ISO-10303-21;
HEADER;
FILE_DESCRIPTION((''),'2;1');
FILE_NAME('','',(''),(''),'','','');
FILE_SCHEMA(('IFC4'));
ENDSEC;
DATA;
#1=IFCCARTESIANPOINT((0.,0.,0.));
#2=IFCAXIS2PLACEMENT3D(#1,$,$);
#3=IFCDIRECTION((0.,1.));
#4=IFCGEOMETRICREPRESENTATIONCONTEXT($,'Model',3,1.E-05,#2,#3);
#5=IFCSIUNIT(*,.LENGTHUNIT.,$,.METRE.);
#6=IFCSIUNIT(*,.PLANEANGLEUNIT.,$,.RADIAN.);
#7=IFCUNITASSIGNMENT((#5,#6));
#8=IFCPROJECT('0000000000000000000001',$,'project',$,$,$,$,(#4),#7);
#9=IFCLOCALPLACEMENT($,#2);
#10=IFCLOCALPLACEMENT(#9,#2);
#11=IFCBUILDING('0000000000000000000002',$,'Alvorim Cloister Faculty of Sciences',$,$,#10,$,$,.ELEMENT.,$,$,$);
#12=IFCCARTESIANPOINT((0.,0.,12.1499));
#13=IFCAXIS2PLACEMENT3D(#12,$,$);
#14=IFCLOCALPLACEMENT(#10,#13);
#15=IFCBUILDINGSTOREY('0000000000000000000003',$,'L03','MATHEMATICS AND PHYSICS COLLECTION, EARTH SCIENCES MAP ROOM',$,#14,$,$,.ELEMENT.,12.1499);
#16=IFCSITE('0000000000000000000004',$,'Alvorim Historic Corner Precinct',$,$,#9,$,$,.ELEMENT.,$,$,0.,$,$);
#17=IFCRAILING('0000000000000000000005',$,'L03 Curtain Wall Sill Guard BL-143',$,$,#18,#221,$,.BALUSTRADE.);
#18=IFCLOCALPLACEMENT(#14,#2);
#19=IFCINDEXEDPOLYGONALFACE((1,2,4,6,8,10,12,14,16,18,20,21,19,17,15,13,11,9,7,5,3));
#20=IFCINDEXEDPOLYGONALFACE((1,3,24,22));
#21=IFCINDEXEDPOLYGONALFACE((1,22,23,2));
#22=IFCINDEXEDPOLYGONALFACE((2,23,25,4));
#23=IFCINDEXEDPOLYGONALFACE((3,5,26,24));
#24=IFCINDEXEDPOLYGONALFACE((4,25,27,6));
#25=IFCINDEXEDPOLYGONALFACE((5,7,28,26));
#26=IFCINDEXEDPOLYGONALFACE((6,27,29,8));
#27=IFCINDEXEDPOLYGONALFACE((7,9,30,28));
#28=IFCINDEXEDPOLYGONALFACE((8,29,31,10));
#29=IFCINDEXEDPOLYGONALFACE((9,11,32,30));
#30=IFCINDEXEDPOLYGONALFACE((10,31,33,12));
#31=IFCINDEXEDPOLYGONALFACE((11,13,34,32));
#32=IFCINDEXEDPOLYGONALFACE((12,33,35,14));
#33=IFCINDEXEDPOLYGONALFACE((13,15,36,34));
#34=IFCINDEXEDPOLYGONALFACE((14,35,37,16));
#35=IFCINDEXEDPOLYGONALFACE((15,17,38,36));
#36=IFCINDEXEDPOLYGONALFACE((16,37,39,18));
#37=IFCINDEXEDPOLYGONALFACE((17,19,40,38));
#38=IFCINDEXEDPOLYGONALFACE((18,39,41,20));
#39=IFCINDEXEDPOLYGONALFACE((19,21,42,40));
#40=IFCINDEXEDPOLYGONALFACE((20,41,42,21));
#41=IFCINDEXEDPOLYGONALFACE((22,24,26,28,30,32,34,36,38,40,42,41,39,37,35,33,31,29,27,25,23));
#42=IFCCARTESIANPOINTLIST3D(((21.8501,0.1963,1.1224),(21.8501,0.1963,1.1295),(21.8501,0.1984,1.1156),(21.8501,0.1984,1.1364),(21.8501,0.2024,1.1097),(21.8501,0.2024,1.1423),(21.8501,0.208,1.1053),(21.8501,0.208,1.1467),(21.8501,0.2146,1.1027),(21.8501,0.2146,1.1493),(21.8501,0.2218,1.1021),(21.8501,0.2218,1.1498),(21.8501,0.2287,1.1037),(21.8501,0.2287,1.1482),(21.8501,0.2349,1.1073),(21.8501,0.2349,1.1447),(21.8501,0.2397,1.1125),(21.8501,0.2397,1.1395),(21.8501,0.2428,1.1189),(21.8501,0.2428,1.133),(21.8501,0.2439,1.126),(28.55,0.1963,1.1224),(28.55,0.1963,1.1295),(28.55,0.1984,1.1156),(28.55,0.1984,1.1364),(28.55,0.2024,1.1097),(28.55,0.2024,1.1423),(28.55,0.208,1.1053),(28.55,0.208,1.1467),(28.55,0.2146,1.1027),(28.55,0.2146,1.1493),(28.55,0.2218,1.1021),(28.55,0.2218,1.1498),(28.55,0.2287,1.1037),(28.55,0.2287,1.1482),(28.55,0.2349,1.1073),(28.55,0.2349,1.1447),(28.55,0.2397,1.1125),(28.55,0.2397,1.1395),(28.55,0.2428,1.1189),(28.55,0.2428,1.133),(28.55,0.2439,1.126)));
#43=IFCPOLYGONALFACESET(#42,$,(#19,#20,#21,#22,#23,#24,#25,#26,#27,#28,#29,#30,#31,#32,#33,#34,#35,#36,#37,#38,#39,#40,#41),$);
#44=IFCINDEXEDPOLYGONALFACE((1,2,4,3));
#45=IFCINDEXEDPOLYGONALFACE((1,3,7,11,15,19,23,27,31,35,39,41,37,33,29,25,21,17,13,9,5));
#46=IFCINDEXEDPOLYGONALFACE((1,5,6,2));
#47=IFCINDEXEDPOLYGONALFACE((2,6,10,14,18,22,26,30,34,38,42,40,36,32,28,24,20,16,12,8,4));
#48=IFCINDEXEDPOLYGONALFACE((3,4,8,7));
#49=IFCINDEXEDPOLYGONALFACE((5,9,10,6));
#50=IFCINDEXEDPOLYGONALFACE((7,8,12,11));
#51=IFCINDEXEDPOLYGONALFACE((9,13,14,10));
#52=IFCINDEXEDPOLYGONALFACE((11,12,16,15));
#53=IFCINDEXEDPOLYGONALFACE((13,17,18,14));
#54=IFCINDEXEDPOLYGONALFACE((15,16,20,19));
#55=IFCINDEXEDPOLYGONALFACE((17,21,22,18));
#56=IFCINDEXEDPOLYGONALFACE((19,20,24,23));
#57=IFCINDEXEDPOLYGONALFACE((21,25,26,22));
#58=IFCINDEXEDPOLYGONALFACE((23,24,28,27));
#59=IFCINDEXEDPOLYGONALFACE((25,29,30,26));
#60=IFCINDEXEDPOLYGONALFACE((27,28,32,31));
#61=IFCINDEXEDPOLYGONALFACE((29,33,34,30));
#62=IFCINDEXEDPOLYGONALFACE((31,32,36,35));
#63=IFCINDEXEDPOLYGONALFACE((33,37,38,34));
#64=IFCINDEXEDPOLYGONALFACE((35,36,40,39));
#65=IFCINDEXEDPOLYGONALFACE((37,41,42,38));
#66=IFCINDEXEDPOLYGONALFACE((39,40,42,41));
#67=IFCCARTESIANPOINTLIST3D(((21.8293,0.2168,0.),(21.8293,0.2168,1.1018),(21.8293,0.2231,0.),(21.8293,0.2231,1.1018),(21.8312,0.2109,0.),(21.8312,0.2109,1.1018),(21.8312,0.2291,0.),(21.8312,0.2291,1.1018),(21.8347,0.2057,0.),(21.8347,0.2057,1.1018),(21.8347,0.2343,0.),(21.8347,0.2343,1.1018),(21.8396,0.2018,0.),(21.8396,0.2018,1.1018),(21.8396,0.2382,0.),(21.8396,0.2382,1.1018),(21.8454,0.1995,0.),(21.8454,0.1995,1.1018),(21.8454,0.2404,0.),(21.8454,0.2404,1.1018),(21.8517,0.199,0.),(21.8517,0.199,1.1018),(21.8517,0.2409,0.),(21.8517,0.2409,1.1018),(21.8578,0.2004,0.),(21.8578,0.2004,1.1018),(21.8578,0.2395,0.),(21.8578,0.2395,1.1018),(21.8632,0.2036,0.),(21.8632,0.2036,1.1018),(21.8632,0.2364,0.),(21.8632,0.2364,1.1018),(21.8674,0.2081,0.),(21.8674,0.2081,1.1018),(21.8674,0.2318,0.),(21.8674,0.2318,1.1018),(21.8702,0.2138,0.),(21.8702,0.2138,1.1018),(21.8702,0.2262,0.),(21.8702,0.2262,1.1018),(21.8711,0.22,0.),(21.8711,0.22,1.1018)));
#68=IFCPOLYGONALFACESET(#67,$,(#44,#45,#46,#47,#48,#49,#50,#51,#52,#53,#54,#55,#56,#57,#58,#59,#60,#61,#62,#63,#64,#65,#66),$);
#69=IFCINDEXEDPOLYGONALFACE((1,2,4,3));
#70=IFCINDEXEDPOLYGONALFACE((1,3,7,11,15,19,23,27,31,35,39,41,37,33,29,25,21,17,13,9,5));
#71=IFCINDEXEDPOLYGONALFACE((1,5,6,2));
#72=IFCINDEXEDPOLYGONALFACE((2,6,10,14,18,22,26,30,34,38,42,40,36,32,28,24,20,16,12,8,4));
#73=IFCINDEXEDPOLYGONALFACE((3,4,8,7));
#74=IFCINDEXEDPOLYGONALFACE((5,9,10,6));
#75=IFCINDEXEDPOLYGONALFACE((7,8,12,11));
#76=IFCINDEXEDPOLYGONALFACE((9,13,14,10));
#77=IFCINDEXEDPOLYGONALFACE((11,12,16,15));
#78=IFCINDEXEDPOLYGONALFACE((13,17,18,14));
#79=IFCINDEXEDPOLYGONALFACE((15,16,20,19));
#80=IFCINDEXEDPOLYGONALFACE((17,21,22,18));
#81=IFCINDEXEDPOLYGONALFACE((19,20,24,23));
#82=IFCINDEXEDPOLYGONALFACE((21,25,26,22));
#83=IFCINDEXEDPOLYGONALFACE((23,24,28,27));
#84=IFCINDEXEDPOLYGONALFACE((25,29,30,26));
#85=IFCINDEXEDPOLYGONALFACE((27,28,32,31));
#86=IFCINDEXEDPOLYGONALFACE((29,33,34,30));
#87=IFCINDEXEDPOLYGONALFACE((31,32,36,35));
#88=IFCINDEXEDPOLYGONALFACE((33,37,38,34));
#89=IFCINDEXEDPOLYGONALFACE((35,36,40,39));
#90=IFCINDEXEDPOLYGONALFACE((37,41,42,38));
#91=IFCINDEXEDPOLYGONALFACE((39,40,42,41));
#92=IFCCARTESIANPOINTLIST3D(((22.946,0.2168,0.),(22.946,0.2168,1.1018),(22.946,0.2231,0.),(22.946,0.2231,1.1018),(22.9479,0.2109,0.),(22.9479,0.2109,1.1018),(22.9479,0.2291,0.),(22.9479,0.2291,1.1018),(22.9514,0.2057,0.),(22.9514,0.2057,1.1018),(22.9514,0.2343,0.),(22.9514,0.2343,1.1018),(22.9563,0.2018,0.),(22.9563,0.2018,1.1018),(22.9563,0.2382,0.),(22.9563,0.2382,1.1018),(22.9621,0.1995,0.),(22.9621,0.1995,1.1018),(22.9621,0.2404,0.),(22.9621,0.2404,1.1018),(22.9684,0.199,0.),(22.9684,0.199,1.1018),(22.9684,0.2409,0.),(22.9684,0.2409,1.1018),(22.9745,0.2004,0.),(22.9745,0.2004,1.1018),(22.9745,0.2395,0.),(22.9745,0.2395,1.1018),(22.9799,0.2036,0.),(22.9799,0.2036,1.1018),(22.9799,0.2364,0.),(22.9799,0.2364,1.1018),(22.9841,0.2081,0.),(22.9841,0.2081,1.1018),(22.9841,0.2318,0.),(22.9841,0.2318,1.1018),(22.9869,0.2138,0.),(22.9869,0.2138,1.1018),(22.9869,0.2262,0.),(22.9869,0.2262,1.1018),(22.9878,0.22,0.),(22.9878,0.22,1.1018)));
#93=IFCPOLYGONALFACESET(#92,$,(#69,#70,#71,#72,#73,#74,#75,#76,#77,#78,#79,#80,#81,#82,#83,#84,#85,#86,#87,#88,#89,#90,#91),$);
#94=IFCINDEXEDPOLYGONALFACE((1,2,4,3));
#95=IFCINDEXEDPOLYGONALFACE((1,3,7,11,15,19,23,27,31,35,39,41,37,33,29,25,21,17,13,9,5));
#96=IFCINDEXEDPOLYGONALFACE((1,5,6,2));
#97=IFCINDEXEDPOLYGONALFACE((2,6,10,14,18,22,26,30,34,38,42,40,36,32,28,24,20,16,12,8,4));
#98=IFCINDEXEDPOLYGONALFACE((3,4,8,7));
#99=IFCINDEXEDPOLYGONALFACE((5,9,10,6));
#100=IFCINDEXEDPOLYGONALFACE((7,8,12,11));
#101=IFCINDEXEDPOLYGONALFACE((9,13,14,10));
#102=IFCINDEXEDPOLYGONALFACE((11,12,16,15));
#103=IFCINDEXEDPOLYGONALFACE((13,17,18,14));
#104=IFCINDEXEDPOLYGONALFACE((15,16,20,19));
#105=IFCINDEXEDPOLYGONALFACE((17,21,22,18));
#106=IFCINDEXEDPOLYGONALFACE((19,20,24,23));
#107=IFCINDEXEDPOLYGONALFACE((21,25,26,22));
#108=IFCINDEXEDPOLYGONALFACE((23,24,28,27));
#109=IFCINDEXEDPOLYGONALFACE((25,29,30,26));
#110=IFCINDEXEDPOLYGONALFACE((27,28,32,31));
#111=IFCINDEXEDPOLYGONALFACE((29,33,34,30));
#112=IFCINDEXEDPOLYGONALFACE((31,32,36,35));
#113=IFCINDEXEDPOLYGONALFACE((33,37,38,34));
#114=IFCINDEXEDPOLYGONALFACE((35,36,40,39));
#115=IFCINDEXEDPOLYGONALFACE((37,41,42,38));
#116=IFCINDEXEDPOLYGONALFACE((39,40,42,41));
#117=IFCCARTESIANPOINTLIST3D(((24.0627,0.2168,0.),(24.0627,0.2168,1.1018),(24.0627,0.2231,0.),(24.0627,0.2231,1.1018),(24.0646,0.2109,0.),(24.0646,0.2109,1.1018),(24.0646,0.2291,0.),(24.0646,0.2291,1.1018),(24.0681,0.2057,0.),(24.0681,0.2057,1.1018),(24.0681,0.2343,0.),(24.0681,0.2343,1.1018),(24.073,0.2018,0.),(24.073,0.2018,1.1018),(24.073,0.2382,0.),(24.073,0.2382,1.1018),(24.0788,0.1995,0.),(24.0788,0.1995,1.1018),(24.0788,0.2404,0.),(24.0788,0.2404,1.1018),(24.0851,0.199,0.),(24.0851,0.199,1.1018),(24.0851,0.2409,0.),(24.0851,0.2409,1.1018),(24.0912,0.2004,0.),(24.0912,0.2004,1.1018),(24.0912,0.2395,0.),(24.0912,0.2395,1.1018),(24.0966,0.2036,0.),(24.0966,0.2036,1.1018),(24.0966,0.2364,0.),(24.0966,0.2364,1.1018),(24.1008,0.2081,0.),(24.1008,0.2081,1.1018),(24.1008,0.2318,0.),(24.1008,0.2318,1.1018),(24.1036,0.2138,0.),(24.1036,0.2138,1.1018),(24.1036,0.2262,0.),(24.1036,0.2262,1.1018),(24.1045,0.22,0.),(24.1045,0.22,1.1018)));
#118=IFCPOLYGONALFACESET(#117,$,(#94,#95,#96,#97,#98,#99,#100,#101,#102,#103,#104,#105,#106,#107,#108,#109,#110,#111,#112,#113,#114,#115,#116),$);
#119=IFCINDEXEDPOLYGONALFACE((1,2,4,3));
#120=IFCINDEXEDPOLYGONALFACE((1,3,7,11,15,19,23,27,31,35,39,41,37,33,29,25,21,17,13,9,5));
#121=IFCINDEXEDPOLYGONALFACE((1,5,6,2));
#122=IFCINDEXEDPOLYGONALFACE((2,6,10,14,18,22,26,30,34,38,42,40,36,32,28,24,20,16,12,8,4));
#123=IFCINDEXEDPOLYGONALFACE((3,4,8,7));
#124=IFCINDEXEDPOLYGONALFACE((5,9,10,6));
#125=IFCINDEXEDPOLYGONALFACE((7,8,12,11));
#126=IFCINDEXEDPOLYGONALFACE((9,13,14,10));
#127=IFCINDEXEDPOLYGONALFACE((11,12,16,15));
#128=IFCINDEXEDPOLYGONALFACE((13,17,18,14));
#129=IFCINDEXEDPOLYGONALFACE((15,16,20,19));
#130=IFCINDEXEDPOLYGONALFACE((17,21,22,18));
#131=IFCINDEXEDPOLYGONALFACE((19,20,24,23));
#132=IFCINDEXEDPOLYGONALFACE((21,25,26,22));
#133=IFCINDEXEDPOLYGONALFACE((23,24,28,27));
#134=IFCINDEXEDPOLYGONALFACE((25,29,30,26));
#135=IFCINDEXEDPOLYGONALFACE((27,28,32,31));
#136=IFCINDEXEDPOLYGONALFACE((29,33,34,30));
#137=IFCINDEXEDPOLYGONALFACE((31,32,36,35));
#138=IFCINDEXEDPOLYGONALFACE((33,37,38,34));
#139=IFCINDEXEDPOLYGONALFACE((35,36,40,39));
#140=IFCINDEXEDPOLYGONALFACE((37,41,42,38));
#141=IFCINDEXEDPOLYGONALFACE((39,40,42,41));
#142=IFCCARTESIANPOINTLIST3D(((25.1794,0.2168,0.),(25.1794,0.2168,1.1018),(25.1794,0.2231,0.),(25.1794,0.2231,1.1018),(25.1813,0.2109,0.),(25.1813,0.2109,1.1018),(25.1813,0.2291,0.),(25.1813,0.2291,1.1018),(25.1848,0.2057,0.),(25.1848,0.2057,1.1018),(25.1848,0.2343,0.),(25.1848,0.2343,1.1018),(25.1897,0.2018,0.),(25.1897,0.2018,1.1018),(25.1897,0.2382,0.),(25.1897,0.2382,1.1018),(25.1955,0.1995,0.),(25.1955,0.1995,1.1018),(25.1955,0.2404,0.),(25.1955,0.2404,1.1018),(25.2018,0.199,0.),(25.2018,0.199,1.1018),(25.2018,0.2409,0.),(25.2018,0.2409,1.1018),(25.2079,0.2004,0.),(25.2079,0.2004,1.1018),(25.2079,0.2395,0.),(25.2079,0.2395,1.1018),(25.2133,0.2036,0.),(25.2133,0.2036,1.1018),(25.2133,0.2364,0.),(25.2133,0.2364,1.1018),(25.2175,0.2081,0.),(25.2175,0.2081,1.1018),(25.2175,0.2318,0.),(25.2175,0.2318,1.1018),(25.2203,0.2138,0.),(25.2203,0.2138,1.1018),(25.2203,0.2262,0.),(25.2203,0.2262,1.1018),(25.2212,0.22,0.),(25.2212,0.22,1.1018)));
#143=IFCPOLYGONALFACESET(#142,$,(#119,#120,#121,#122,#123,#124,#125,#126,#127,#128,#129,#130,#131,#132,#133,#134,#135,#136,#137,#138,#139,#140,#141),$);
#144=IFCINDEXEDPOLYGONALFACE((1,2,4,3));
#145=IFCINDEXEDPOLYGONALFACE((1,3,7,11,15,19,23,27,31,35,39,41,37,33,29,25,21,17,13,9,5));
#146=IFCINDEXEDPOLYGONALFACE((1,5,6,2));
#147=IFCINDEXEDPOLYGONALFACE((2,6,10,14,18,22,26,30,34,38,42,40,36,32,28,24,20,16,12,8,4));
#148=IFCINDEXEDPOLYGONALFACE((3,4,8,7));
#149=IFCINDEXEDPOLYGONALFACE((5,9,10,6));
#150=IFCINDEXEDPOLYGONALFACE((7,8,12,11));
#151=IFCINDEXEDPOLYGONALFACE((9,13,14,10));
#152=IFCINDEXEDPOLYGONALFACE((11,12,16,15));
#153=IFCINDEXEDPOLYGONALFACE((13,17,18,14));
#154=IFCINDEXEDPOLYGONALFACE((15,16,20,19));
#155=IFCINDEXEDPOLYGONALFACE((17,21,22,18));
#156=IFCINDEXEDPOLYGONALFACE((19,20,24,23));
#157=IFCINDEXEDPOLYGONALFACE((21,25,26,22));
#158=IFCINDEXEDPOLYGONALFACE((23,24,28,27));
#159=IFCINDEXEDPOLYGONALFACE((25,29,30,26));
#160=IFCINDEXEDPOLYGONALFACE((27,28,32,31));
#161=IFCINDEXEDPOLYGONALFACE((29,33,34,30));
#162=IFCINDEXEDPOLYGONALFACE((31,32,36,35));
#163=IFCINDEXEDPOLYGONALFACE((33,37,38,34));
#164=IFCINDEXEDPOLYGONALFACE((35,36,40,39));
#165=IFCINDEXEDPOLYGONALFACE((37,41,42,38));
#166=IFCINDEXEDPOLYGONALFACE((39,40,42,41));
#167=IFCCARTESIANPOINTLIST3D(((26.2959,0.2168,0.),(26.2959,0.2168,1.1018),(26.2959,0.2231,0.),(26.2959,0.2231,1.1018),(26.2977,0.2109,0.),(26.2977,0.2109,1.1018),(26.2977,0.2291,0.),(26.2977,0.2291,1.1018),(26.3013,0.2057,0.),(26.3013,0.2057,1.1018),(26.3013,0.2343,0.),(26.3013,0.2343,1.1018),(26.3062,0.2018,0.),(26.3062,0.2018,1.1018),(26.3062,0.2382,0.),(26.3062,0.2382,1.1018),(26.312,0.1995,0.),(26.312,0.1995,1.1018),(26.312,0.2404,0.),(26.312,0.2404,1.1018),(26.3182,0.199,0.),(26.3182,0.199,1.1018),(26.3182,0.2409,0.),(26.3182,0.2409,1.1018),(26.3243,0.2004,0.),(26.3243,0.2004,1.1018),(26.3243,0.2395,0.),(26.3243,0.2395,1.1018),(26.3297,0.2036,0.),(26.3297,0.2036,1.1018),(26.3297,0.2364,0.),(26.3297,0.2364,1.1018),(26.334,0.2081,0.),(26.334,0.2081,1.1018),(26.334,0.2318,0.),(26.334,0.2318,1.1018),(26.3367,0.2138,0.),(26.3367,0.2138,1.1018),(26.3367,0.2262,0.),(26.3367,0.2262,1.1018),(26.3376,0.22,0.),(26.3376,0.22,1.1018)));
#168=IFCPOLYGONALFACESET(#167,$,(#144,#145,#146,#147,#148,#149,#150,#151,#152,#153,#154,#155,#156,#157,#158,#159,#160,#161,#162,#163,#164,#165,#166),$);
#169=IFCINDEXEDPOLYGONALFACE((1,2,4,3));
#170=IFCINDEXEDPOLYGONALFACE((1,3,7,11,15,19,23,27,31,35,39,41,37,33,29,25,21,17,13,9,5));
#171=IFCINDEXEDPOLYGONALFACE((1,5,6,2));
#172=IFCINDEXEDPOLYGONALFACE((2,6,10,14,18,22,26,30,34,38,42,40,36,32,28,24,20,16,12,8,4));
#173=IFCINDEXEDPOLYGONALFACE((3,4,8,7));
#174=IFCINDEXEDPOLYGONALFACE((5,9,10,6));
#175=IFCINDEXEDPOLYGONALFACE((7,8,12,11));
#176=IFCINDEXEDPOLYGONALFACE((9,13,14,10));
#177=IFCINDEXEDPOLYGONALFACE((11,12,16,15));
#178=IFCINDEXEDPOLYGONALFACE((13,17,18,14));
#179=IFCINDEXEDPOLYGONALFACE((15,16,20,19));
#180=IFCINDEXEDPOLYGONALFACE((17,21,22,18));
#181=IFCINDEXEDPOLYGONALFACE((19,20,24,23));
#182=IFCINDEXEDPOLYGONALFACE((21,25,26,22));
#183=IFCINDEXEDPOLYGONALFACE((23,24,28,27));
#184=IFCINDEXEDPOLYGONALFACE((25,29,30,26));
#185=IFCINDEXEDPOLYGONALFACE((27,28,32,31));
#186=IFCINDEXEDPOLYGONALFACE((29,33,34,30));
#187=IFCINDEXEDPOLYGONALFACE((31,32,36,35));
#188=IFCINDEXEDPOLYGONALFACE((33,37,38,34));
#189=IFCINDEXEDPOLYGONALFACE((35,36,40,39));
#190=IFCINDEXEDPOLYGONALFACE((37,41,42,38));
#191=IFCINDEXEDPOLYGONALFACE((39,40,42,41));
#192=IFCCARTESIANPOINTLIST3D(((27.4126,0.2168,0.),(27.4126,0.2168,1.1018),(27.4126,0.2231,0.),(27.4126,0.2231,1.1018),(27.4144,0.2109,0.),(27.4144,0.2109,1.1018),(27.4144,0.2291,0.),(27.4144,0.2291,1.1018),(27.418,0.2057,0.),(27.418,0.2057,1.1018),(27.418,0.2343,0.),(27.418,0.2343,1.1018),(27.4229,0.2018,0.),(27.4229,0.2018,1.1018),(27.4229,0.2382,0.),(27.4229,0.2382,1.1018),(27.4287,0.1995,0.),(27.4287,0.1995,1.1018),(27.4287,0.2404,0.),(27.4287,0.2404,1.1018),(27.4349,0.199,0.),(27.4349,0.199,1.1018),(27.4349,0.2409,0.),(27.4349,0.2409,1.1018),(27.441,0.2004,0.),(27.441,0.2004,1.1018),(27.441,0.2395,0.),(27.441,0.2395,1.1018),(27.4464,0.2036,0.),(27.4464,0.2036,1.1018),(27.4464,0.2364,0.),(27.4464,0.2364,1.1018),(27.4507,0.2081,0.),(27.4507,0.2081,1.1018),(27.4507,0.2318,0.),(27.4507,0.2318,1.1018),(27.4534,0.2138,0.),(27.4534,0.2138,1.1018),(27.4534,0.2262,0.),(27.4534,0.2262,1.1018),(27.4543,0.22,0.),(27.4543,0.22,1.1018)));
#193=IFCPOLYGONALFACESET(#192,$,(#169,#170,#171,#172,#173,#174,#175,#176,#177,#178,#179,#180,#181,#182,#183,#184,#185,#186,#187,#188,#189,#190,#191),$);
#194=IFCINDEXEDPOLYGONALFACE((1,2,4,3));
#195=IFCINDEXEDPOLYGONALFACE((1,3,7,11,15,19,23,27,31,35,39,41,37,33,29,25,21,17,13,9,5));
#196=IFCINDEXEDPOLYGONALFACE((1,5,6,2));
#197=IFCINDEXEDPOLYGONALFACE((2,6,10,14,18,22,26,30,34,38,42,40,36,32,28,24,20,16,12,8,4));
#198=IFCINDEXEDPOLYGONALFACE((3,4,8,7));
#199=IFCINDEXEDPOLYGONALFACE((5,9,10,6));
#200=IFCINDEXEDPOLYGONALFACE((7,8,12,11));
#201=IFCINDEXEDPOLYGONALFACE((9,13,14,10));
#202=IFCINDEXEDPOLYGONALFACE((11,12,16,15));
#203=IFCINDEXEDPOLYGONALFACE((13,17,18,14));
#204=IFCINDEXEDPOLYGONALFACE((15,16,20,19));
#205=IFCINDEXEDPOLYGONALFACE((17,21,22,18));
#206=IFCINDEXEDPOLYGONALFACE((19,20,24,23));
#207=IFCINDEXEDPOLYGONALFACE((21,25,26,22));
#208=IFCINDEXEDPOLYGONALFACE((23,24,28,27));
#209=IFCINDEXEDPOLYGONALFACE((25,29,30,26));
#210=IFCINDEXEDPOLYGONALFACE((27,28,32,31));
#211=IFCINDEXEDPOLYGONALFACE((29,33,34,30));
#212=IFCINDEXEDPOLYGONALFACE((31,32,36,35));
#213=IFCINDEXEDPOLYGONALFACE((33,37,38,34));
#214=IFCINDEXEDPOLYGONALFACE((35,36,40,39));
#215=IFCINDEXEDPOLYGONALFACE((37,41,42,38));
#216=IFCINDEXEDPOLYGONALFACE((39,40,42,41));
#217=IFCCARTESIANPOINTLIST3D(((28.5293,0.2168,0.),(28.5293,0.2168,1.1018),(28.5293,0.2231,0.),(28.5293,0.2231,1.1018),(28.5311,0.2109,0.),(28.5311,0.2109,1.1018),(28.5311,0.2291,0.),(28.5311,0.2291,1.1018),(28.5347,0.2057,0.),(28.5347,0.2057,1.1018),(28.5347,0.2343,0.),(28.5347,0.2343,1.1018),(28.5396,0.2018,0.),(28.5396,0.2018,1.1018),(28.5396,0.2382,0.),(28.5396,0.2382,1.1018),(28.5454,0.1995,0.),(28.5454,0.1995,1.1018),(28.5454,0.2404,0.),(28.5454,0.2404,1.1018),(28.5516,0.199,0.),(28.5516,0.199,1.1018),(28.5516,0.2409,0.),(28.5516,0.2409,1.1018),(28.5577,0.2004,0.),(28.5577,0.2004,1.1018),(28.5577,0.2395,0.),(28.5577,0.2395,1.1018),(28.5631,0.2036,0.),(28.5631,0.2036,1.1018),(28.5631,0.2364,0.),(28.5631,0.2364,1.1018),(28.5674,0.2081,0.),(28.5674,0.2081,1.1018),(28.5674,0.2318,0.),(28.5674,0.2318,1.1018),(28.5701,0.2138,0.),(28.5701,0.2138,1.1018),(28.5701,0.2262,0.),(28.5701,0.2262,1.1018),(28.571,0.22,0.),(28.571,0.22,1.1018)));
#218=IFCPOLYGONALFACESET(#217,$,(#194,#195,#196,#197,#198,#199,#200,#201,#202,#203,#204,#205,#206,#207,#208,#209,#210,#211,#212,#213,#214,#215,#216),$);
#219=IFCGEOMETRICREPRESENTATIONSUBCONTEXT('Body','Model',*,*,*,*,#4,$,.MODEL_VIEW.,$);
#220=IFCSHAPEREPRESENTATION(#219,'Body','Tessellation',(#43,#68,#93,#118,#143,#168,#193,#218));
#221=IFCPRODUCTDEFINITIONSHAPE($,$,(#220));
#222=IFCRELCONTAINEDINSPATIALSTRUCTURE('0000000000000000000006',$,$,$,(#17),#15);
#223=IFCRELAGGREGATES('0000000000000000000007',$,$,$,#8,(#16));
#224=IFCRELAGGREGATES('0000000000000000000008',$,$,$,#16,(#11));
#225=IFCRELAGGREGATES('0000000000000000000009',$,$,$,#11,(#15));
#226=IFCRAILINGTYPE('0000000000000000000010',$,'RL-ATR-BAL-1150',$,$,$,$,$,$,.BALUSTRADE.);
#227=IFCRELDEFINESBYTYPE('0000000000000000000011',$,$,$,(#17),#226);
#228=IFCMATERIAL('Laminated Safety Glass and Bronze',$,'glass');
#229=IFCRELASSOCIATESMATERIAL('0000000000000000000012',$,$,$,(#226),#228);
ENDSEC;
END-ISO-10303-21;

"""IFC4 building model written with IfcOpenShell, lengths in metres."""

from ifc_helpers import new_model, si_unit, direction, frame, origin, origin_2d, place, context, subcontext, project, spatial, circle, extrude, material, type_object, element, save


model = new_model("IFC4")

# Units and contexts
model_context = context("Model", 3, precision=1e-05, world=origin(), true_north=direction((0.0, 1.0)))
body_context = subcontext(model_context, "Body", "Model", "MODEL_VIEW")
ifc_project = project(units=[si_unit("LENGTHUNIT", "METRE"), si_unit("PLANEANGLEUNIT", "RADIAN")], contexts=[model_context])

# Site, building, storey
site_placement = place(None, origin())
site = spatial("IfcSite", under=ifc_project, at=site_placement, Name="Alvorim Historic Corner Precinct", CompositionType="ELEMENT", RefElevation=0.0)
building_placement = place(site_placement, origin())
building = spatial("IfcBuilding", under=site, at=building_placement, Name="Alvorim Cloister Faculty of Sciences", CompositionType="ELEMENT")
storey_placement = place(building_placement, frame((0.0, 0.0, 12.1499)))
storey = spatial("IfcBuildingStorey", under=building, at=storey_placement, Name="L03", Description="MATHEMATICS AND PHYSICS COLLECTION, EARTH SCIENCES MAP ROOM", CompositionType="ELEMENT", Elevation=12.1499)

# Railing
ifc_material_1 = material(Name="Laminated Safety Glass and Bronze", Category="glass")
railing_type = type_object("IfcRailingType", Name="RL-ATR-BAL-1150", PredefinedType="BALUSTRADE", material=ifc_material_1)
railing_placement = place(storey_placement, frame((21.8501, 0.22, 0.0)))
element("IfcRailing", 1, at=railing_placement, inside=storey, type_object=railing_type, Name="L03 Curtain Wall Sill Guard BL-143", PredefinedType="BALUSTRADE", context=body_context, shape_type="SweptSolid", body=[
    extrude(circle(Radius=0.0239, at=origin_2d()), frame((0.0, 0.0, 1.126), z_axis=(1.0, 0.0, 0.0), x_axis=(0.0, 1.0, 0.0)), (0.0, 0.0, 1.0), 6.7),
    extrude(circle(Radius=0.021, at=origin_2d()), origin(), (0.0, 0.0, 1.0), 1.1018),
    extrude(circle(Radius=0.021, at=origin_2d()), frame((1.1167, 0.0, 0.0)), (0.0, 0.0, 1.0), 1.1018),
    extrude(circle(Radius=0.021, at=origin_2d()), frame((2.2334, 0.0, 0.0)), (0.0, 0.0, 1.0), 1.1018),
    extrude(circle(Radius=0.021, at=origin_2d()), frame((3.3501, 0.0, 0.0)), (0.0, 0.0, 1.0), 1.1018),
    extrude(circle(Radius=0.021, at=origin_2d()), frame((4.4666, 0.0, 0.0)), (0.0, 0.0, 1.0), 1.1018),
    extrude(circle(Radius=0.021, at=origin_2d()), frame((5.5833, 0.0, 0.0)), (0.0, 0.0, 1.0), 1.1018),
    extrude(circle(Radius=0.021, at=origin_2d()), frame((6.7, 0.0, 0.0)), (0.0, 0.0, 1.0), 1.1018),
])

save(model, "model.ifc")
